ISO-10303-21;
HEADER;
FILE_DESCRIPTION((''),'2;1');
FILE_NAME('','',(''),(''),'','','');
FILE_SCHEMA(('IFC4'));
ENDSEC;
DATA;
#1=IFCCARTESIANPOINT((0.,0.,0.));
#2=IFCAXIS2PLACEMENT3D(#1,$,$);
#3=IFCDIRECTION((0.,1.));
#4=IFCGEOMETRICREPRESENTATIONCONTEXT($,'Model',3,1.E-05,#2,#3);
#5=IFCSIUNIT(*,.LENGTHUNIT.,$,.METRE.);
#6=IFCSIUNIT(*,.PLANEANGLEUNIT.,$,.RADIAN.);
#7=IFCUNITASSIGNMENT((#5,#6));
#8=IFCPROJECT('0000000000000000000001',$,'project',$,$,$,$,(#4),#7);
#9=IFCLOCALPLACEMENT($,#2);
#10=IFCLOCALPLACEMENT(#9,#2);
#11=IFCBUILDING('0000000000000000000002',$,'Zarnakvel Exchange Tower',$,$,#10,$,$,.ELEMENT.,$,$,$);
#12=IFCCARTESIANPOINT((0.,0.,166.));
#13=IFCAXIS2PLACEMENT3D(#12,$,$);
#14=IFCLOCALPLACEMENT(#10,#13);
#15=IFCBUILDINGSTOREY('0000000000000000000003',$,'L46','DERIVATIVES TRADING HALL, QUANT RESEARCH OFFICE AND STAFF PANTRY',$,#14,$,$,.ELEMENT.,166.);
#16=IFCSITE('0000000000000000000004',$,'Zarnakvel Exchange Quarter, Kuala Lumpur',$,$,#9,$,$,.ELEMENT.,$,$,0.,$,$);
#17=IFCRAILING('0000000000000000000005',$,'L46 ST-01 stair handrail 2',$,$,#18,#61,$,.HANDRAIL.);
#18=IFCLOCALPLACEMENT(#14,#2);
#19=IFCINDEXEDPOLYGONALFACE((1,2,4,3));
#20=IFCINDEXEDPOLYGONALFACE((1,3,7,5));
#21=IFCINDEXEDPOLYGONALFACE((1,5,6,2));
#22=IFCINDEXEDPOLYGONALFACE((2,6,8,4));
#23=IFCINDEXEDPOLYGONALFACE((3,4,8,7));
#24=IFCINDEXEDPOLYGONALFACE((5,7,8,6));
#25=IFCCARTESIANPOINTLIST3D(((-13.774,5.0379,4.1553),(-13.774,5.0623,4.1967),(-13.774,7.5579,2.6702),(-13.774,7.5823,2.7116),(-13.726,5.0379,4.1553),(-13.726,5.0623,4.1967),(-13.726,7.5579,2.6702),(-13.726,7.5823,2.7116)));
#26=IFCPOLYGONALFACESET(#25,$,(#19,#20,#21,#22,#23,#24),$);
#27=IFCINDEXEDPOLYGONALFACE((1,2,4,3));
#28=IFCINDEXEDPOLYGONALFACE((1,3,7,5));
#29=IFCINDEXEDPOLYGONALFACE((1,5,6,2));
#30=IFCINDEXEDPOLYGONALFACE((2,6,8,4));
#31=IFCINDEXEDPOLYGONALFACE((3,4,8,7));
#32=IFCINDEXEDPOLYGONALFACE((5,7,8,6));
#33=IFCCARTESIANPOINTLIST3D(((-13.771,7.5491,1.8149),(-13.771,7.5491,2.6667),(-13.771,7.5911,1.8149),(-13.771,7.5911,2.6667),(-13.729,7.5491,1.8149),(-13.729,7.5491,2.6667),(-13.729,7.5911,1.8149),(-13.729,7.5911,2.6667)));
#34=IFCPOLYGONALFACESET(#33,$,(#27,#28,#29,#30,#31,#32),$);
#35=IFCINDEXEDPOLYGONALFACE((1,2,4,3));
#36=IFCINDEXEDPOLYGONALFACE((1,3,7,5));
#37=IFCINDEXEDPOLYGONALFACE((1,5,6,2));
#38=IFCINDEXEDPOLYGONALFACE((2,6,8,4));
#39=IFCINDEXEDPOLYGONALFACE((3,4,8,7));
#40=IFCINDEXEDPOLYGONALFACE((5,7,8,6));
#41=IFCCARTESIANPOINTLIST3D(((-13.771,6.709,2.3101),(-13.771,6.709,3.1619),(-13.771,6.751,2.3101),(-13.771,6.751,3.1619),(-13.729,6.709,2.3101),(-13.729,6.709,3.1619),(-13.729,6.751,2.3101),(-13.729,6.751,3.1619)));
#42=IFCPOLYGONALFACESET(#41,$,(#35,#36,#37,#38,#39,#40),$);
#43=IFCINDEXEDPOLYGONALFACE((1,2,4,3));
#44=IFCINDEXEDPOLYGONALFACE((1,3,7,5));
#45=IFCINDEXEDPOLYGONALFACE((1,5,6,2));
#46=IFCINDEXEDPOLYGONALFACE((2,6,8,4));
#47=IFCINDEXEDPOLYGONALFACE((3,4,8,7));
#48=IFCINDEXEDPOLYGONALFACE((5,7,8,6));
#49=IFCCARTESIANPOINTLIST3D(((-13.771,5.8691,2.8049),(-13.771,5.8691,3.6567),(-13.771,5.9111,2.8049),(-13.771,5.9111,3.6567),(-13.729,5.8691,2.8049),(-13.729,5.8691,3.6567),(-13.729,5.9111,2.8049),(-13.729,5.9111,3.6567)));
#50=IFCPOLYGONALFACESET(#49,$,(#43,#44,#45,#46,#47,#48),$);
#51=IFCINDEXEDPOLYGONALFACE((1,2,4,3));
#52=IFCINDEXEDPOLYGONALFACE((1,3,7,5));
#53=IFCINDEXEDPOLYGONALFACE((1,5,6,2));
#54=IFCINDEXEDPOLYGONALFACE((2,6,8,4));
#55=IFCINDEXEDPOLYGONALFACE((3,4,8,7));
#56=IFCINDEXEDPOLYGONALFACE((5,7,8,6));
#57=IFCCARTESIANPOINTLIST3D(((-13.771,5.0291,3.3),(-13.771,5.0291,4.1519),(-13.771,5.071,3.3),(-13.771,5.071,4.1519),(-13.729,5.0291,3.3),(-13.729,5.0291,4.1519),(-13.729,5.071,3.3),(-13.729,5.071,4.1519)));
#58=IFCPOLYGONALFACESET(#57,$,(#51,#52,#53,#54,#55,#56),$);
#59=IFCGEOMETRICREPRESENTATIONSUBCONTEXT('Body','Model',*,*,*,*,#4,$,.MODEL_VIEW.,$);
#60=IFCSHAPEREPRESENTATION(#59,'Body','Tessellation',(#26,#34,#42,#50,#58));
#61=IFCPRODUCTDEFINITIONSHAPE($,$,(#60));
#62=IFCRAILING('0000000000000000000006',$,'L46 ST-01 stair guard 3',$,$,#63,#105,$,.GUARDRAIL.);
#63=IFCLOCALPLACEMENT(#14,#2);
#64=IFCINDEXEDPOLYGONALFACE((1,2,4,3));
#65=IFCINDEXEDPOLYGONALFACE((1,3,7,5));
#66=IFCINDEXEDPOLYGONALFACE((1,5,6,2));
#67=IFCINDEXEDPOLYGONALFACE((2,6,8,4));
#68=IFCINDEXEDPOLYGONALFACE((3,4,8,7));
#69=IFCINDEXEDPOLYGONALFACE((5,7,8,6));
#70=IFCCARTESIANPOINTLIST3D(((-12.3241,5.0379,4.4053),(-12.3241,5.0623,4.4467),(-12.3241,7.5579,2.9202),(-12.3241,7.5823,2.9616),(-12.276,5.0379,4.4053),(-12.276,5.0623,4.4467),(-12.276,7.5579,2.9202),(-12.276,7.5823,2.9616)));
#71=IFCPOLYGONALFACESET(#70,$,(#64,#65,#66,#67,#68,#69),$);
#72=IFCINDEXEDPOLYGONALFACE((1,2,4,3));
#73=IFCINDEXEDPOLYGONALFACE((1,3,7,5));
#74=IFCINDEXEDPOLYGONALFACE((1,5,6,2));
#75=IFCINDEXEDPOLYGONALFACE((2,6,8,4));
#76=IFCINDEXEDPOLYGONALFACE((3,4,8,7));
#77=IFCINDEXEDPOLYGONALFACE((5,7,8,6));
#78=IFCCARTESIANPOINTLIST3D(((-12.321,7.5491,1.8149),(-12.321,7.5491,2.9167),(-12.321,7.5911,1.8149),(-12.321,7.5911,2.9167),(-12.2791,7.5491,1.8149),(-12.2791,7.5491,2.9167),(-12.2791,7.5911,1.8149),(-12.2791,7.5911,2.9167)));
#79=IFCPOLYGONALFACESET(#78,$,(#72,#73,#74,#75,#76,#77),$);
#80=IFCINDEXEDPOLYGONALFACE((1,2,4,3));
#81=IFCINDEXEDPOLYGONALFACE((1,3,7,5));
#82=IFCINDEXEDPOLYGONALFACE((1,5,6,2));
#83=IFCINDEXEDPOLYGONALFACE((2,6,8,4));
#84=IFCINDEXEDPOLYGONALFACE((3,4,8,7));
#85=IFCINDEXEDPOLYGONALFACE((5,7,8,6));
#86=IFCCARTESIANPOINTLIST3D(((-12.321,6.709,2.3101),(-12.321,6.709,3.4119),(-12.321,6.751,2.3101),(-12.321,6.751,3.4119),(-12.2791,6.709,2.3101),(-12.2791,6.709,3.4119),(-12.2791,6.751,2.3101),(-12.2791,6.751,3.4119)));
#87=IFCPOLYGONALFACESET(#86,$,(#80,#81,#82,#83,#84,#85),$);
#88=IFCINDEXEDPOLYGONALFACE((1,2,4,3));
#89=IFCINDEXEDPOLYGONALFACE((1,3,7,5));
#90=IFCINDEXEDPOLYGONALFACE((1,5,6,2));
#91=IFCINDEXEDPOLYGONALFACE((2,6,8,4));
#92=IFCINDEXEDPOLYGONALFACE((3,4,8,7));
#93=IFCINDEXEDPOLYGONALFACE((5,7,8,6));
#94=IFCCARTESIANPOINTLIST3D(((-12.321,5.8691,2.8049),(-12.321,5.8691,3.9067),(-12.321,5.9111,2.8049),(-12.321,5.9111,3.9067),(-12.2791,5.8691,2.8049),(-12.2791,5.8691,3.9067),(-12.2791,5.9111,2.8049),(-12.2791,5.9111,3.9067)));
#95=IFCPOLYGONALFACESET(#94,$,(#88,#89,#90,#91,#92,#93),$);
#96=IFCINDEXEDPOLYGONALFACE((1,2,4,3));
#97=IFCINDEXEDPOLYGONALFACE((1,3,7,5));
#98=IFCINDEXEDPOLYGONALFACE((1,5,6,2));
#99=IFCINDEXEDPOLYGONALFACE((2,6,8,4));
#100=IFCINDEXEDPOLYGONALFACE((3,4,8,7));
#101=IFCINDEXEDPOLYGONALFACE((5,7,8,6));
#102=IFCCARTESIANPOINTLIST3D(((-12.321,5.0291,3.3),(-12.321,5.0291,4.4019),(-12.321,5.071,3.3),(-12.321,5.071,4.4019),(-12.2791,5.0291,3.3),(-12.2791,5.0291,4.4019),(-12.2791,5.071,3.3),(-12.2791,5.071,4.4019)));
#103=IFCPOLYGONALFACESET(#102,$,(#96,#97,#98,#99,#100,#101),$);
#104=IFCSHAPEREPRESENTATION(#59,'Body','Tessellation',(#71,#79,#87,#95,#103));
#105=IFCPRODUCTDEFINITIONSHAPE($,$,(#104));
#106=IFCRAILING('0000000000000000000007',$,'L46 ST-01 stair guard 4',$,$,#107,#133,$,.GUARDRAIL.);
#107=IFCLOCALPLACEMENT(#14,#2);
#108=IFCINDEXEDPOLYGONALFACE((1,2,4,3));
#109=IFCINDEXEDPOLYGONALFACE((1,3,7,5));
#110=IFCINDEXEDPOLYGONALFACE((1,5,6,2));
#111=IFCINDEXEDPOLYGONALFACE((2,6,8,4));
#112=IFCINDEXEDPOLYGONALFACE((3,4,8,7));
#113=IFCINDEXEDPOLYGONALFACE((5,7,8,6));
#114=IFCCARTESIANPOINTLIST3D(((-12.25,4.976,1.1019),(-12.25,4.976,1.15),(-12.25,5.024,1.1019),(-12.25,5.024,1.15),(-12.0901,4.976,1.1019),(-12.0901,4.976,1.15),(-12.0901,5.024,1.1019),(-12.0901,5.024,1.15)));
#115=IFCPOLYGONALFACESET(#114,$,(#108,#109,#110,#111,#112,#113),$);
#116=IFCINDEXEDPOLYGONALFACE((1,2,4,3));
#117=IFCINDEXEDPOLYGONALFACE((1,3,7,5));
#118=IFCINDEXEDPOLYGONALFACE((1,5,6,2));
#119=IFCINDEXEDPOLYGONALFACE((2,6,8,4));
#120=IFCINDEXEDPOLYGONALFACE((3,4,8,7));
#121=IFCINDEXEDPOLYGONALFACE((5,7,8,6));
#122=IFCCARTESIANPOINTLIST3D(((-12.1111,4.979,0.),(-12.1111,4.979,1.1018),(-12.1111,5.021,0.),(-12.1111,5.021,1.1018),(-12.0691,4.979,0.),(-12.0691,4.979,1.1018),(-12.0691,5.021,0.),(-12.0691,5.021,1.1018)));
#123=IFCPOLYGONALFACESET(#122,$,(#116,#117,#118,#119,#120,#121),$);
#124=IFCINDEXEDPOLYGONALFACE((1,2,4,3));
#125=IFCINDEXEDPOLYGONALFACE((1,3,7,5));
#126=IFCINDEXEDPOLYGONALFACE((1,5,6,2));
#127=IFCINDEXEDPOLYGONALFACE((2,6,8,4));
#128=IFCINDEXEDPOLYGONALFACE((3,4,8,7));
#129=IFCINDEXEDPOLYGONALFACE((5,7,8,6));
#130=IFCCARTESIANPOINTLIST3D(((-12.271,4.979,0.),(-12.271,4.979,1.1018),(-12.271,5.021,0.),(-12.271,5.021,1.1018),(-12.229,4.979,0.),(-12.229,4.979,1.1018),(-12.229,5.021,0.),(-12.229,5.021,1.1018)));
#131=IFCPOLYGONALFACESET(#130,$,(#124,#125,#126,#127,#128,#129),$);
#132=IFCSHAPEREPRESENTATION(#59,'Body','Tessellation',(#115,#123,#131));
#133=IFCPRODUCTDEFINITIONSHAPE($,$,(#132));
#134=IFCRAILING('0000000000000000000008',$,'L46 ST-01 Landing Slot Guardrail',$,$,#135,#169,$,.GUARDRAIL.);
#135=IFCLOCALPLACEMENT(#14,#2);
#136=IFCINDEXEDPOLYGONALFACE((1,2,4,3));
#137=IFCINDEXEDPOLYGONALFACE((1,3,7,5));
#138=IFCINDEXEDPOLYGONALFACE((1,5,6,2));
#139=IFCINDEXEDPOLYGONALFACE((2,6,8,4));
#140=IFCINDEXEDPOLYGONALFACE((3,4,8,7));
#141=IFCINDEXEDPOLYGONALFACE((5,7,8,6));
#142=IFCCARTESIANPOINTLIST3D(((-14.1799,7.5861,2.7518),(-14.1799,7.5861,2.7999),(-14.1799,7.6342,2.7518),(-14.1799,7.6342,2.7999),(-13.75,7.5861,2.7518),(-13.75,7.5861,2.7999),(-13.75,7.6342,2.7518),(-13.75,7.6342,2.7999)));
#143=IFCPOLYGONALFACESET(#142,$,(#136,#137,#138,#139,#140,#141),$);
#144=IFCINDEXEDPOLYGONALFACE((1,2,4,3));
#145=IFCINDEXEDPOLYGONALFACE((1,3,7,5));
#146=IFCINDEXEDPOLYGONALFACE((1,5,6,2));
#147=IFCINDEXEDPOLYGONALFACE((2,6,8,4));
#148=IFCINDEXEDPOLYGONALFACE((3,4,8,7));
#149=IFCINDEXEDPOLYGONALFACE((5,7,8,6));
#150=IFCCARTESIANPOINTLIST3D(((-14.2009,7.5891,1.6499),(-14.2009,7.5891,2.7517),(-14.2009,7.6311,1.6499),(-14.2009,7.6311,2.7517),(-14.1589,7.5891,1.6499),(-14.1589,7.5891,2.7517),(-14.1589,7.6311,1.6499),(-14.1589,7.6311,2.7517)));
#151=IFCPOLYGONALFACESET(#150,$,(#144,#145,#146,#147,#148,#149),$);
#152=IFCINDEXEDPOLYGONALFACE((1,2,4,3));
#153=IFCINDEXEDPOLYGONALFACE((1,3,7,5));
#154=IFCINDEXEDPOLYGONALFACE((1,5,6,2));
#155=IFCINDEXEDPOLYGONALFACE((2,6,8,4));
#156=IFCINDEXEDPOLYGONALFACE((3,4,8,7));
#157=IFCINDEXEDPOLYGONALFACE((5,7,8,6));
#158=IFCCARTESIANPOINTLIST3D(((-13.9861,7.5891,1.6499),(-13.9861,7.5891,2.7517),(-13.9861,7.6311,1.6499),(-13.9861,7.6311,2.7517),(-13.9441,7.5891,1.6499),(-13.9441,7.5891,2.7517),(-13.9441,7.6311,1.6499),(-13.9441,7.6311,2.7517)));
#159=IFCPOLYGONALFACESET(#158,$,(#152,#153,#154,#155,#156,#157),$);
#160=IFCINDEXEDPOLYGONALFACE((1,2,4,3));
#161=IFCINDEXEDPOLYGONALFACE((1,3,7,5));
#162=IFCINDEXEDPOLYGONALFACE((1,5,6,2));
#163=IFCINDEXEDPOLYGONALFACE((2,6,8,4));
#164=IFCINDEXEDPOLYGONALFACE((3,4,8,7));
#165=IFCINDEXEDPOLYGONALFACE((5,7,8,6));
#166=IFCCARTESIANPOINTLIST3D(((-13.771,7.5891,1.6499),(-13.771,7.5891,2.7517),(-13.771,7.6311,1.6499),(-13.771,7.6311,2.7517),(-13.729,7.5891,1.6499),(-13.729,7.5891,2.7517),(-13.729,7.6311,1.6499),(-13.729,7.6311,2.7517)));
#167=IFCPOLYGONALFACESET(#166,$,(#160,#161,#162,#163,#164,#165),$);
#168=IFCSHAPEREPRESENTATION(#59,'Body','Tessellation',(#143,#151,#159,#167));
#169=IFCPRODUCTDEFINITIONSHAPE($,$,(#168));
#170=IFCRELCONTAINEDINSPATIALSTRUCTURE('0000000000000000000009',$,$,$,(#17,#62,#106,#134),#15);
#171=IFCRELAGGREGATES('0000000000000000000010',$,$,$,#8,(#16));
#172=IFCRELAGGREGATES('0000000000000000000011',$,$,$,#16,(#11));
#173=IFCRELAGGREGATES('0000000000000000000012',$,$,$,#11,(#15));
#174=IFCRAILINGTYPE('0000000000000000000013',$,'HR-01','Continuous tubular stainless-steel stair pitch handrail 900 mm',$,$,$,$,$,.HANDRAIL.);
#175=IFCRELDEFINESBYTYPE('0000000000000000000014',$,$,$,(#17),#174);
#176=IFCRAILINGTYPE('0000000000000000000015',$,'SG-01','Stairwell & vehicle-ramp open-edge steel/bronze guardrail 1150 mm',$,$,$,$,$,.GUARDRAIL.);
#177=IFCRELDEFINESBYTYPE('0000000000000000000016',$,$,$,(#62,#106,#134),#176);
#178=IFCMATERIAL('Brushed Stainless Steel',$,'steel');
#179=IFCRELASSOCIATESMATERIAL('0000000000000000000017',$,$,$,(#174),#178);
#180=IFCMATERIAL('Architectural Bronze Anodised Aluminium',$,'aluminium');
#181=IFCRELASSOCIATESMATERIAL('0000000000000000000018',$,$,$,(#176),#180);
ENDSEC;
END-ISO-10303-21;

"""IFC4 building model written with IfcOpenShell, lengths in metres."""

from ifc_helpers import new_model, si_unit, direction, frame, origin, origin_2d, place, context, subcontext, project, spatial, rectangle, extrude, material, type_object, element, save


model = new_model("IFC4")

# Units and contexts
model_context = context("Model", 3, precision=1e-05, world=origin(), true_north=direction((0.0, 1.0)))
body_context = subcontext(model_context, "Body", "Model", "MODEL_VIEW")
ifc_project = project(units=[si_unit("LENGTHUNIT", "METRE"), si_unit("PLANEANGLEUNIT", "RADIAN")], contexts=[model_context])

# Site, building, storey
site_placement = place(None, origin())
site = spatial("IfcSite", under=ifc_project, at=site_placement, Name="Zarnakvel Exchange Quarter, Kuala Lumpur", CompositionType="ELEMENT", RefElevation=0.0)
building_placement = place(site_placement, origin())
building = spatial("IfcBuilding", under=site, at=building_placement, Name="Zarnakvel Exchange Tower", CompositionType="ELEMENT")
storey_placement = place(building_placement, frame((0.0, 0.0, 166.0)))
storey = spatial("IfcBuildingStorey", under=building, at=storey_placement, Name="L46", Description="DERIVATIVES TRADING HALL, QUANT RESEARCH OFFICE AND STAFF PANTRY", CompositionType="ELEMENT", Elevation=166.0)

# Shared definitions
ifc_material_1 = material(Name="Architectural Bronze Anodised Aluminium", Category="aluminium")

# Railings
ifc_material_2 = material(Name="Brushed Stainless Steel", Category="steel")
railing_type_1 = type_object("IfcRailingType", Name="HR-01", Description="Continuous tubular stainless-steel stair pitch handrail 900 mm", PredefinedType="HANDRAIL", material=ifc_material_2)
railing_1_placement = place(storey_placement, frame((-13.75, 7.5701, 1.8149)))
element("IfcRailing", 1, at=railing_1_placement, inside=storey, type_object=railing_type_1, Name="L46 ST-01 stair handrail 2", PredefinedType="HANDRAIL", context=body_context, shape_type="SweptSolid", body=[
    extrude(rectangle(XDim=0.0481, YDim=0.0481, at=origin_2d()), frame((0.0, 0.0, 0.876), z_axis=(0.0, -0.861524, 0.507717), x_axis=(1.0, 0.0, 0.0)), (0.0, 0.0, 1.0), 2.925),
    extrude(rectangle(XDim=0.042, YDim=0.042, at=origin_2d()), origin(), (0.0, 0.0, 1.0), 0.8518),
    extrude(rectangle(XDim=0.042, YDim=0.042, at=origin_2d()), frame((0.0, -0.8401, 0.4951)), (0.0, 0.0, 1.0), 0.8518),
    extrude(rectangle(XDim=0.042, YDim=0.042, at=origin_2d()), frame((0.0, -1.6799, 0.99)), (0.0, 0.0, 1.0), 0.8518),
    extrude(rectangle(XDim=0.042, YDim=0.042, at=origin_2d()), frame((0.0, -2.52, 1.4851)), (0.0, 0.0, 1.0), 0.8518),
])
railing_type_2 = type_object("IfcRailingType", Name="SG-01", Description="Stairwell & vehicle-ramp open-edge steel/bronze guardrail 1150 mm", PredefinedType="GUARDRAIL", material=ifc_material_1)
railing_2_placement = place(storey_placement, frame((-12.3, 7.5701, 1.8149)))
element("IfcRailing", 2, at=railing_2_placement, inside=storey, type_object=railing_type_2, Name="L46 ST-01 stair guard 3", PredefinedType="GUARDRAIL", context=body_context, shape_type="SweptSolid", body=[
    extrude(rectangle(XDim=0.0481, YDim=0.0481, at=origin_2d()), frame((0.0, 0.0, 1.126), z_axis=(0.0, -0.861524, 0.507717), x_axis=(1.0, 0.0, 0.0)), (0.0, 0.0, 1.0), 2.925),
    extrude(rectangle(XDim=0.042, YDim=0.042, at=origin_2d()), origin(), (0.0, 0.0, 1.0), 1.1018),
    extrude(rectangle(XDim=0.042, YDim=0.042, at=origin_2d()), frame((0.0, -0.8401, 0.4951)), (0.0, 0.0, 1.0), 1.1018),
    extrude(rectangle(XDim=0.042, YDim=0.042, at=origin_2d()), frame((0.0, -1.6799, 0.99)), (0.0, 0.0, 1.0), 1.1018),
    extrude(rectangle(XDim=0.042, YDim=0.042, at=origin_2d()), frame((0.0, -2.52, 1.4851)), (0.0, 0.0, 1.0), 1.1018),
])
railing_3_placement = place(storey_placement, frame((-12.0901, 5.0, 0.0)))
element("IfcRailing", 3, at=railing_3_placement, inside=storey, type_object=railing_type_2, Name="L46 ST-01 stair guard 4", PredefinedType="GUARDRAIL", context=body_context, shape_type="SweptSolid", body=[
    extrude(rectangle(XDim=0.0481, YDim=0.0481, at=origin_2d()), frame((0.0, 0.0, 1.126), z_axis=(-1.0, 0.0, 0.0), x_axis=(0.0, -1.0, 0.0)), (0.0, 0.0, 1.0), 0.1599),
    extrude(rectangle(XDim=0.042, YDim=0.042, at=origin_2d()), origin(), (0.0, 0.0, 1.0), 1.1018),
    extrude(rectangle(XDim=0.042, YDim=0.042, at=origin_2d()), frame((-0.1599, 0.0, 0.0)), (0.0, 0.0, 1.0), 1.1018),
])
railing_4_placement = place(storey_placement, frame((-14.1799, 7.6101, 1.6499)))
element("IfcRailing", 4, at=railing_4_placement, inside=storey, type_object=railing_type_2, Name="L46 ST-01 Landing Slot Guardrail", PredefinedType="GUARDRAIL", context=body_context, shape_type="SweptSolid", body=[
    extrude(rectangle(XDim=0.0481, YDim=0.0481, at=origin_2d()), frame((0.0, 0.0, 1.126), z_axis=(1.0, 0.0, 0.0), x_axis=(0.0, 1.0, 0.0)), (0.0, 0.0, 1.0), 0.4299),
    extrude(rectangle(XDim=0.042, YDim=0.042, at=origin_2d()), origin(), (0.0, 0.0, 1.0), 1.1018),
    extrude(rectangle(XDim=0.042, YDim=0.042, at=origin_2d()), frame((0.2148, 0.0, 0.0)), (0.0, 0.0, 1.0), 1.1018),
    extrude(rectangle(XDim=0.042, YDim=0.042, at=origin_2d()), frame((0.4299, 0.0, 0.0)), (0.0, 0.0, 1.0), 1.1018),
])

save(model, "model.ifc")
